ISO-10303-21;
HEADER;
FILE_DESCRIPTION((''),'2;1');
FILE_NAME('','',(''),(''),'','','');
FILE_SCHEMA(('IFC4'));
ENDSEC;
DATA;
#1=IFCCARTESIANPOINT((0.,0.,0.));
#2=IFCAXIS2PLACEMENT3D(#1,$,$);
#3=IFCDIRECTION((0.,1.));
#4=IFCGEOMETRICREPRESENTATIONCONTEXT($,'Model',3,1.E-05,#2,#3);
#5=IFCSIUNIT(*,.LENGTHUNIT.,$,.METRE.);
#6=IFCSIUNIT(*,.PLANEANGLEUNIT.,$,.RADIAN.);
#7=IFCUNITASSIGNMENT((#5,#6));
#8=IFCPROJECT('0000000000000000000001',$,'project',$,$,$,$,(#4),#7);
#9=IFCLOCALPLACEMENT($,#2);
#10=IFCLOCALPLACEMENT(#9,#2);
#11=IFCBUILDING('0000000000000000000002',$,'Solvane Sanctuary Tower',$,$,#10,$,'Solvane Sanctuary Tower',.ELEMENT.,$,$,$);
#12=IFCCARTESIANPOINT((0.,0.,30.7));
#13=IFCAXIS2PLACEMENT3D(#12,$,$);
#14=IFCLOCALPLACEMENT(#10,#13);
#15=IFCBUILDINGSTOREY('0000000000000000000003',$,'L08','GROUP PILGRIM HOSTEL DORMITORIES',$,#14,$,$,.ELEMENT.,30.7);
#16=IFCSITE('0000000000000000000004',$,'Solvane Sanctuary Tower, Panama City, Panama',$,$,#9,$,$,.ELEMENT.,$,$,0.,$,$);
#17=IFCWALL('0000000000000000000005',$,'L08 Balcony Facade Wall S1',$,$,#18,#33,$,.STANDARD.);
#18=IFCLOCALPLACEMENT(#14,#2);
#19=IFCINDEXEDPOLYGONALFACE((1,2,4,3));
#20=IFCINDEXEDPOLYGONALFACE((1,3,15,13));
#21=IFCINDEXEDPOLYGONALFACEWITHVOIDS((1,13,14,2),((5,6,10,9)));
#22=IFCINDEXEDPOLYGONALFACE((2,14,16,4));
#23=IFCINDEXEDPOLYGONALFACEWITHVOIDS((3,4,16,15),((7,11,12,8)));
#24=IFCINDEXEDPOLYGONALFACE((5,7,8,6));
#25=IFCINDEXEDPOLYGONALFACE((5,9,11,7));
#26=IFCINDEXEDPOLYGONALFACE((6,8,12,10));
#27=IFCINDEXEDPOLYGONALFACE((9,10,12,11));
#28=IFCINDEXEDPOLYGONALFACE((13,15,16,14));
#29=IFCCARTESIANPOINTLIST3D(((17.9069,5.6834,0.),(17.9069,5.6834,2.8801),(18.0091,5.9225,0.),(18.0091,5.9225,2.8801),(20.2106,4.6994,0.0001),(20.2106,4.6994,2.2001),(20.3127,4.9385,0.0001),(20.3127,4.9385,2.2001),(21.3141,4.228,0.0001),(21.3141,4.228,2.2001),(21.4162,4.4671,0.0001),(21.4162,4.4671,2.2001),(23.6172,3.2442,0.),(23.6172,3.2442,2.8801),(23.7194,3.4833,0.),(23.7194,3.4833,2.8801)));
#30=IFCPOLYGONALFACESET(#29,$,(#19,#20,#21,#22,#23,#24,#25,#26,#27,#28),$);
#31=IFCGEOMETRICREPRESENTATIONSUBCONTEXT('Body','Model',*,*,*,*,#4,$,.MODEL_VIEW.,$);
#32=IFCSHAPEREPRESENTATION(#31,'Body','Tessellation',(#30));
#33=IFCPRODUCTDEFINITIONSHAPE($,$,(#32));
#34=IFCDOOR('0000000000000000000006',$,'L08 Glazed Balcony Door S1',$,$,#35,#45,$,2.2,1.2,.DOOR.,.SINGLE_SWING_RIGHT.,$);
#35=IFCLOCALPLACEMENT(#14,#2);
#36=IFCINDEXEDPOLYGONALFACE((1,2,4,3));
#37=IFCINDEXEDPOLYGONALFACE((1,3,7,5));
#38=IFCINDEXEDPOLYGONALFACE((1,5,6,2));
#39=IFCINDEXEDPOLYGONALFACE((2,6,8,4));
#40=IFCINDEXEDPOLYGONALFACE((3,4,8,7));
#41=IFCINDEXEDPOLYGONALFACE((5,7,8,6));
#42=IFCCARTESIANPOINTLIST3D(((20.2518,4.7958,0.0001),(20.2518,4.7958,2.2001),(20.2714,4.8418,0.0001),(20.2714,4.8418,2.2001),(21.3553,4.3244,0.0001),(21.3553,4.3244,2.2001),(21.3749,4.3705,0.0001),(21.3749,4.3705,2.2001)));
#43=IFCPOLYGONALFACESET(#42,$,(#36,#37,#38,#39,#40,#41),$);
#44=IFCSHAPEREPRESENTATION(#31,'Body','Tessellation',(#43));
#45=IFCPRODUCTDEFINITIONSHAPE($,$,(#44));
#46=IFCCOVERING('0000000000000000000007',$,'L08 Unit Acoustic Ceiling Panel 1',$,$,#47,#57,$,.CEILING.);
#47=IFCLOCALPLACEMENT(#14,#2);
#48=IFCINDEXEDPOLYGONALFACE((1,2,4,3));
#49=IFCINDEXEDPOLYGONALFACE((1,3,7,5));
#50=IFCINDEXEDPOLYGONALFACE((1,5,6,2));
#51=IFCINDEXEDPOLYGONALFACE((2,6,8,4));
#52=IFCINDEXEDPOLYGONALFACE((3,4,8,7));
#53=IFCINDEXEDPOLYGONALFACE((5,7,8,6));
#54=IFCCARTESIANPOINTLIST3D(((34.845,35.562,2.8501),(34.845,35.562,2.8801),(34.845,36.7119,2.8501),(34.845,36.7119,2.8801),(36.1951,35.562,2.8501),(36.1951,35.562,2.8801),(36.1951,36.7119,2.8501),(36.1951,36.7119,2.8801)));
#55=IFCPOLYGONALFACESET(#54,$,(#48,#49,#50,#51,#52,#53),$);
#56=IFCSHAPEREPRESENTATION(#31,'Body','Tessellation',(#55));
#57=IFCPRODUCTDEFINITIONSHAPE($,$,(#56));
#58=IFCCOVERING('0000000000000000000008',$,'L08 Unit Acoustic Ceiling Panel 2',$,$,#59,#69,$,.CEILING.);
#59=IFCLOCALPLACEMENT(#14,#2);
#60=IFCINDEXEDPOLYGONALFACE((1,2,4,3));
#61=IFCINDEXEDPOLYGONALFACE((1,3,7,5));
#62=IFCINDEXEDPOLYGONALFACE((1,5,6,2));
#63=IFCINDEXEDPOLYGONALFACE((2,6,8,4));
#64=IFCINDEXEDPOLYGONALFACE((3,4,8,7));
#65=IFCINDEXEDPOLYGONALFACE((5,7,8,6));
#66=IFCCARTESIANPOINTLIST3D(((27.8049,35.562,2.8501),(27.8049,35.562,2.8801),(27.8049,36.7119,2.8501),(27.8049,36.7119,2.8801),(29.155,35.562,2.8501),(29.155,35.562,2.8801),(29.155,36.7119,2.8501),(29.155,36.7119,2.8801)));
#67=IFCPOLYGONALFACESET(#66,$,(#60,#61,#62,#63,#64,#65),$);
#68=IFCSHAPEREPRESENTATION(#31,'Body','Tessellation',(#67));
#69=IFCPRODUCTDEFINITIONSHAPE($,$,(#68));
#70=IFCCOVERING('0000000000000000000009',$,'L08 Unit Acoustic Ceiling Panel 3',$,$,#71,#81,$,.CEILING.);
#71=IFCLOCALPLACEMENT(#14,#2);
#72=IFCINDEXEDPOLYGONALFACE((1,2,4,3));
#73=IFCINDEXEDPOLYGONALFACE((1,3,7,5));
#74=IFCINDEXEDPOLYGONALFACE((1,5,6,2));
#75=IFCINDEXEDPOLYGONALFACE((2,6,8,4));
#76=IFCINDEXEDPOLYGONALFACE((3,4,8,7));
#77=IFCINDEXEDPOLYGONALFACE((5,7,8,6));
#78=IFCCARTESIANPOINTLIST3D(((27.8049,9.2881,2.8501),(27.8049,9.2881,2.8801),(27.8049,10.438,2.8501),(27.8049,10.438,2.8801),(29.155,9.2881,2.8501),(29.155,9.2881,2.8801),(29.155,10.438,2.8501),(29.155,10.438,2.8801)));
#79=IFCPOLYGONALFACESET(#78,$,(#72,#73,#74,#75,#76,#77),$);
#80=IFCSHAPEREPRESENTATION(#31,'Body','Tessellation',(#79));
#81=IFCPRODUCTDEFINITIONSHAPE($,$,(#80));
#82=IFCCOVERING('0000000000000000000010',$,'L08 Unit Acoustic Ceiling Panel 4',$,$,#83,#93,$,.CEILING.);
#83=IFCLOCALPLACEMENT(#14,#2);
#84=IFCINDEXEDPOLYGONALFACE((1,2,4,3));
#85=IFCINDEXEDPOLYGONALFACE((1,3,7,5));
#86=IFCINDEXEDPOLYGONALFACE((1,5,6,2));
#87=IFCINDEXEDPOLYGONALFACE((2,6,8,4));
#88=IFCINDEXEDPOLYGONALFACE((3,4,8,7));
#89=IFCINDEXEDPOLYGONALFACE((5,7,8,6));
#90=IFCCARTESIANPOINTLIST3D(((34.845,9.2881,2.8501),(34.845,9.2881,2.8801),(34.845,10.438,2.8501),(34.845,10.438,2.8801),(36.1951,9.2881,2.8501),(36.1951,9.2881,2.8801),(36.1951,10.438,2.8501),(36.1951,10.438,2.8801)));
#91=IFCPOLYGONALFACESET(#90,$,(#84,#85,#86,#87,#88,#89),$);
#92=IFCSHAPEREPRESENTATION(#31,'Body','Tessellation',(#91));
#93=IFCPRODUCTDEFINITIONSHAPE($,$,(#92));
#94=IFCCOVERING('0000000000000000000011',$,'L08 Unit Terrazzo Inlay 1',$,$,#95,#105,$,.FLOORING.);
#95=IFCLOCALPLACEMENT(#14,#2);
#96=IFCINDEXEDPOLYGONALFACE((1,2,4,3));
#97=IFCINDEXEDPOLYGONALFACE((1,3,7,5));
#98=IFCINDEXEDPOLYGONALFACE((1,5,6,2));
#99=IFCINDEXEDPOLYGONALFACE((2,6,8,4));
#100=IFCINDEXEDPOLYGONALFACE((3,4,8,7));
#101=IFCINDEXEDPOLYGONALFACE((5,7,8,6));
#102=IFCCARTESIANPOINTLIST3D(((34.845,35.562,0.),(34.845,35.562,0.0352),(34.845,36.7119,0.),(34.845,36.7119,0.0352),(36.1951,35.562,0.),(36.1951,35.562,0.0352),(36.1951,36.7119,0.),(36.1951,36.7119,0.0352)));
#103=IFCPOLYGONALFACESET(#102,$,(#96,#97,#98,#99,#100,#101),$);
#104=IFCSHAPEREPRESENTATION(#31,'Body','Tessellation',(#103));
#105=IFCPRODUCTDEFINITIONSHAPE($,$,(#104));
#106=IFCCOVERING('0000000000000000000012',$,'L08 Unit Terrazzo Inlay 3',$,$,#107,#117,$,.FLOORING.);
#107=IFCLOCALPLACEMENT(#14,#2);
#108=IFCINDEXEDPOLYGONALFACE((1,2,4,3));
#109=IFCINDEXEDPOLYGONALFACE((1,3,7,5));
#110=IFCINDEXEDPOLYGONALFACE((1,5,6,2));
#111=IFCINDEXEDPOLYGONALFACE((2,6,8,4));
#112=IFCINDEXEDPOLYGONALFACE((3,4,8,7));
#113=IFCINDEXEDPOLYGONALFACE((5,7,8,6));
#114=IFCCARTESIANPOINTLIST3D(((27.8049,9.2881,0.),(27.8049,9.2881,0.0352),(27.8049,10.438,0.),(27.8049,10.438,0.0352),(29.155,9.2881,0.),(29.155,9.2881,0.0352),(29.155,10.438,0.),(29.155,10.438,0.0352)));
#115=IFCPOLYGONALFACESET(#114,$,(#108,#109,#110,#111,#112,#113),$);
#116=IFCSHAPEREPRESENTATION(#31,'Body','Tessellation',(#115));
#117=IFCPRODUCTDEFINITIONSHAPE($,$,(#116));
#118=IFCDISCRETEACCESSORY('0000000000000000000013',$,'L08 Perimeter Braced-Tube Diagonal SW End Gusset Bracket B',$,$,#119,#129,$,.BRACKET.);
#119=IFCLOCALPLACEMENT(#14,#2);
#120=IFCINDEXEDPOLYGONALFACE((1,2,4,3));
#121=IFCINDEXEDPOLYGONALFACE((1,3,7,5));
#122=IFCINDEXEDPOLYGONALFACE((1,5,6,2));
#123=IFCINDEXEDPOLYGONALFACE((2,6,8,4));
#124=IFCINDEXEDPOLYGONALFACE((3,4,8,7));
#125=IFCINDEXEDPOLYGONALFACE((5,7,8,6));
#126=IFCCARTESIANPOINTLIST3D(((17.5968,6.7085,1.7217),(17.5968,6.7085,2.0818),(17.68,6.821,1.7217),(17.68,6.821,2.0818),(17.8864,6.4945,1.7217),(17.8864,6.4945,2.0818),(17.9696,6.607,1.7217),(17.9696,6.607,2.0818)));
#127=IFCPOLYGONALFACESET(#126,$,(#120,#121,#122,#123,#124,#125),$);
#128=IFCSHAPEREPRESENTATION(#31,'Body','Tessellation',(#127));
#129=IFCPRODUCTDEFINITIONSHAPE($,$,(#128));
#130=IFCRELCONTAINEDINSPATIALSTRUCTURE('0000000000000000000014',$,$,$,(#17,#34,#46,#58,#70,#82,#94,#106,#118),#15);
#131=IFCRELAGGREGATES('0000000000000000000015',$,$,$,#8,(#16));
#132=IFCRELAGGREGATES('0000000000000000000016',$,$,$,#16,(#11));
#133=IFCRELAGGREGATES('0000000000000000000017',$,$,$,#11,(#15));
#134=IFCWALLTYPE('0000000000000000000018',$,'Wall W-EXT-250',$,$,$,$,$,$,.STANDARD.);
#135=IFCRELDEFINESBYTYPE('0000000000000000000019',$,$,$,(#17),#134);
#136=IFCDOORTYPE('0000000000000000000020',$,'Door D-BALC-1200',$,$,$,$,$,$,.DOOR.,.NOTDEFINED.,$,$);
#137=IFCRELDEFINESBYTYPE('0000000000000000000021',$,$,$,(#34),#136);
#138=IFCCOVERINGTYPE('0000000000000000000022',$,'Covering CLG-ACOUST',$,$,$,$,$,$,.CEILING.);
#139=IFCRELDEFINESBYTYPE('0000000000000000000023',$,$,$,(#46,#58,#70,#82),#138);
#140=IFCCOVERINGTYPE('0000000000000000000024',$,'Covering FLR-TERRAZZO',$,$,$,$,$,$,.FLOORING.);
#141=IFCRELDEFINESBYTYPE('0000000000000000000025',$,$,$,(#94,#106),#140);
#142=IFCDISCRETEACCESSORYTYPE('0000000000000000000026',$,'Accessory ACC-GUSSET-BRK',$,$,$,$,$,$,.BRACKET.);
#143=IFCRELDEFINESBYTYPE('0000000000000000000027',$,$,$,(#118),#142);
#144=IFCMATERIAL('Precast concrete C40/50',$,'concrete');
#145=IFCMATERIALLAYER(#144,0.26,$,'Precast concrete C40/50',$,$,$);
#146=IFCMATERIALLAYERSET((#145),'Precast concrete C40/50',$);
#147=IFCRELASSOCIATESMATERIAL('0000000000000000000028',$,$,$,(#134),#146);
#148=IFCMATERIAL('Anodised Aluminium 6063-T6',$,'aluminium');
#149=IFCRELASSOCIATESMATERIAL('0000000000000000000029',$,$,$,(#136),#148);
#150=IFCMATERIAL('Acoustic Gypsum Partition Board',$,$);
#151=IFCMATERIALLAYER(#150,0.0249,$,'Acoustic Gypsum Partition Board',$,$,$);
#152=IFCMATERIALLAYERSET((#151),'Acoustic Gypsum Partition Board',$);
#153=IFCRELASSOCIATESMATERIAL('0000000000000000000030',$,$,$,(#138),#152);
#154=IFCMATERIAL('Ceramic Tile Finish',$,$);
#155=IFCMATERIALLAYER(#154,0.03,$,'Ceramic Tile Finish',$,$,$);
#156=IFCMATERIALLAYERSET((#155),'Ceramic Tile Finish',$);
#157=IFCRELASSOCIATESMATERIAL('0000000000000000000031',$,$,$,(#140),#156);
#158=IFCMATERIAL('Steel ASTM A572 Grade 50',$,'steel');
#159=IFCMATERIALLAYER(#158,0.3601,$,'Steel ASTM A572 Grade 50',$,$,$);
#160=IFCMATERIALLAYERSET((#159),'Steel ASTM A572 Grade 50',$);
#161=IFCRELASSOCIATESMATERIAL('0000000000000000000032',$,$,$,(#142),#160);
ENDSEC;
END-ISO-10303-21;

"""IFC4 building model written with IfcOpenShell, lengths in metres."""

from ifc_helpers import new_model, si_unit, direction, frame, frame_2d, origin, origin_2d, place, context, subcontext, project, spatial, polyline, rectangle, outline, extrude, material, layer, layer_set, type_object, element, fill, save


model = new_model("IFC4")

# Units and contexts
model_context = context("Model", 3, precision=1e-05, world=origin(), true_north=direction((0.0, 1.0)))
body_context = subcontext(model_context, "Body", "Model", "MODEL_VIEW")
ifc_project = project(units=[si_unit("LENGTHUNIT", "METRE"), si_unit("PLANEANGLEUNIT", "RADIAN")], contexts=[model_context])

# Site, building, storey
site_placement = place(None, origin())
site = spatial("IfcSite", under=ifc_project, at=site_placement, Name="Solvane Sanctuary Tower, Panama City, Panama", CompositionType="ELEMENT", RefElevation=0.0)
building_placement = place(site_placement, origin())
building = spatial("IfcBuilding", under=site, at=building_placement, Name="Solvane Sanctuary Tower", LongName="Solvane Sanctuary Tower", CompositionType="ELEMENT")
storey_placement = place(building_placement, frame((0.0, 0.0, 30.7)))
storey = spatial("IfcBuildingStorey", under=building, at=storey_placement, Name="L08", Description="GROUP PILGRIM HOSTEL DORMITORIES", CompositionType="ELEMENT", Elevation=30.7)

# Shared definitions
ifc_material_1 = material(Name="Precast concrete C40/50", Category="concrete")

# Shared definitions
ifc_layer_1 = layer(ifc_material_1, 0.26, Name="Precast concrete C40/50")
ifc_layer_set_1 = layer_set([ifc_layer_1], Name="Precast concrete C40/50")
wall_type = type_object("IfcWallType", Name="Wall W-EXT-250", PredefinedType="STANDARD", material=ifc_layer_set_1)

# Wall, opening, door
wall_1_placement = place(storey_placement, frame((17.958, 5.803, 0.0), z_axis=(0.0, 0.0, 1.0), x_axis=(0.919612, -0.392828, 0.0)))
wall_1 = element("IfcWall", 1, at=wall_1_placement, inside=storey, type_object=wall_type, Name="L08 Balcony Facade Wall S1", PredefinedType="STANDARD", context=body_context, shape_type="SweptSolid", body=[
    extrude(rectangle(XDim=6.2095, YDim=0.26, at=frame_2d((3.1047, 0.0))), origin(), (0.0, 0.0, 1.0), 2.8801),
])
opening_placement = place(wall_1_placement, frame((2.5049, 0.0, 0.0)))
opening = element("IfcOpeningElement", 2, at=opening_placement, cuts=wall_1, PredefinedType="OPENING", context=body_context, shape_type="SweptSolid", body=[
    extrude(rectangle(XDim=1.2, YDim=2.2, at=frame_2d((0.6001, 1.1001))), frame((0.0, 0.1399, 0.0), z_axis=(0.0, -1.0, 0.0), x_axis=(1.0, 0.0, 0.0)), (0.0, 0.0, 1.0), 0.28),
])
ifc_material_2 = material(Name="Anodised Aluminium 6063-T6", Category="aluminium")
door_type = type_object("IfcDoorType", Name="Door D-BALC-1200", OperationType="NOTDEFINED", PredefinedType="DOOR", material=ifc_material_2)
door_placement = place(opening_placement, origin())
door = element("IfcDoor", 3, at=door_placement, inside=storey, type_object=door_type, Name="L08 Glazed Balcony Door S1", OperationType="SINGLE_SWING_RIGHT", OverallHeight=2.2, OverallWidth=1.2, PredefinedType="DOOR", context=body_context, shape_type="SweptSolid", body=[
    extrude(rectangle(XDim=1.2, YDim=2.2, at=frame_2d((0.6001, 1.1001))), frame((0.0, 0.0249, 0.0), z_axis=(0.0, -1.0, 0.0), x_axis=(1.0, 0.0, 0.0)), (0.0, 0.0, 1.0), 0.05),
])
fill(opening, door)

# Coverings
ifc_material_3 = material(Name="Acoustic Gypsum Partition Board")
ifc_layer_2 = layer(ifc_material_3, 0.0249, Name="Acoustic Gypsum Partition Board")
ifc_layer_set_2 = layer_set([ifc_layer_2], Name="Acoustic Gypsum Partition Board")
covering_type_1 = type_object("IfcCoveringType", Name="Covering CLG-ACOUST", PredefinedType="CEILING", material=ifc_layer_set_2)
covering_1_placement = place(storey_placement, frame((0.0, 0.0, 2.8501)))
element("IfcCovering", 4, at=covering_1_placement, inside=storey, type_object=covering_type_1, Name="L08 Unit Acoustic Ceiling Panel 1", PredefinedType="CEILING", context=body_context, shape_type="SweptSolid", body=[
    extrude(outline(polyline([(34.845, 35.562), (36.1951, 35.562), (36.1951, 36.7119), (34.845, 36.7119), (34.845, 35.562)])), origin(), (0.0, 0.0, 1.0), 0.03),
])
covering_2_placement = place(storey_placement, frame((0.0, 0.0, 2.8501)))
element("IfcCovering", 5, at=covering_2_placement, inside=storey, type_object=covering_type_1, Name="L08 Unit Acoustic Ceiling Panel 2", PredefinedType="CEILING", context=body_context, shape_type="SweptSolid", body=[
    extrude(outline(polyline([(27.8049, 35.562), (29.155, 35.562), (29.155, 36.7119), (27.8049, 36.7119), (27.8049, 35.562)])), origin(), (0.0, 0.0, 1.0), 0.03),
])
covering_3_placement = place(storey_placement, frame((0.0, 0.0, 2.8501)))
element("IfcCovering", 6, at=covering_3_placement, inside=storey, type_object=covering_type_1, Name="L08 Unit Acoustic Ceiling Panel 3", PredefinedType="CEILING", context=body_context, shape_type="SweptSolid", body=[
    extrude(outline(polyline([(27.8049, 9.2881), (29.155, 9.2881), (29.155, 10.438), (27.8049, 10.438), (27.8049, 9.2881)])), origin(), (0.0, 0.0, 1.0), 0.03),
])
covering_4_placement = place(storey_placement, frame((0.0, 0.0, 2.8501)))
element("IfcCovering", 7, at=covering_4_placement, inside=storey, type_object=covering_type_1, Name="L08 Unit Acoustic Ceiling Panel 4", PredefinedType="CEILING", context=body_context, shape_type="SweptSolid", body=[
    extrude(outline(polyline([(34.845, 9.2881), (36.1951, 9.2881), (36.1951, 10.438), (34.845, 10.438), (34.845, 9.2881)])), origin(), (0.0, 0.0, 1.0), 0.03),
])
ifc_material_4 = material(Name="Ceramic Tile Finish")
ifc_layer_3 = layer(ifc_material_4, 0.03, Name="Ceramic Tile Finish")
ifc_layer_set_3 = layer_set([ifc_layer_3], Name="Ceramic Tile Finish")
covering_type_2 = type_object("IfcCoveringType", Name="Covering FLR-TERRAZZO", PredefinedType="FLOORING", material=ifc_layer_set_3)
covering_5_placement = place(storey_placement, origin())
element("IfcCovering", 8, at=covering_5_placement, inside=storey, type_object=covering_type_2, Name="L08 Unit Terrazzo Inlay 1", PredefinedType="FLOORING", context=body_context, shape_type="SweptSolid", body=[
    extrude(outline(polyline([(34.845, 35.562), (36.1951, 35.562), (36.1951, 36.7119), (34.845, 36.7119), (34.845, 35.562)])), origin(), (0.0, 0.0, 1.0), 0.0352),
])
covering_6_placement = place(storey_placement, origin())
element("IfcCovering", 9, at=covering_6_placement, inside=storey, type_object=covering_type_2, Name="L08 Unit Terrazzo Inlay 3", PredefinedType="FLOORING", context=body_context, shape_type="SweptSolid", body=[
    extrude(outline(polyline([(27.8049, 9.2881), (29.155, 9.2881), (29.155, 10.438), (27.8049, 10.438), (27.8049, 9.2881)])), origin(), (0.0, 0.0, 1.0), 0.0352),
])

# Discrete accessory
ifc_material_5 = material(Name="Steel ASTM A572 Grade 50", Category="steel")
ifc_layer_4 = layer(ifc_material_5, 0.3601, Name="Steel ASTM A572 Grade 50")
ifc_layer_set_4 = layer_set([ifc_layer_4], Name="Steel ASTM A572 Grade 50")
discrete_accessory_type = type_object("IfcDiscreteAccessoryType", Name="Accessory ACC-GUSSET-BRK", PredefinedType="BRACKET", material=ifc_layer_set_4)
discrete_accessory_placement = place(storey_placement, frame((17.7832, 6.6577, 1.7217), z_axis=(0.0, 0.0, 1.0), x_axis=(0.804272, -0.594261, 0.0)))
element("IfcDiscreteAccessory", 10, at=discrete_accessory_placement, inside=storey, type_object=discrete_accessory_type, Name="L08 Perimeter Braced-Tube Diagonal SW End Gusset Bracket B", PredefinedType="BRACKET", context=body_context, shape_type="SweptSolid", body=[
    extrude(rectangle(XDim=0.3601, YDim=0.1399, at=origin_2d()), origin(), (0.0, 0.0, 1.0), 0.3601),
])

save(model, "model.ifc")
